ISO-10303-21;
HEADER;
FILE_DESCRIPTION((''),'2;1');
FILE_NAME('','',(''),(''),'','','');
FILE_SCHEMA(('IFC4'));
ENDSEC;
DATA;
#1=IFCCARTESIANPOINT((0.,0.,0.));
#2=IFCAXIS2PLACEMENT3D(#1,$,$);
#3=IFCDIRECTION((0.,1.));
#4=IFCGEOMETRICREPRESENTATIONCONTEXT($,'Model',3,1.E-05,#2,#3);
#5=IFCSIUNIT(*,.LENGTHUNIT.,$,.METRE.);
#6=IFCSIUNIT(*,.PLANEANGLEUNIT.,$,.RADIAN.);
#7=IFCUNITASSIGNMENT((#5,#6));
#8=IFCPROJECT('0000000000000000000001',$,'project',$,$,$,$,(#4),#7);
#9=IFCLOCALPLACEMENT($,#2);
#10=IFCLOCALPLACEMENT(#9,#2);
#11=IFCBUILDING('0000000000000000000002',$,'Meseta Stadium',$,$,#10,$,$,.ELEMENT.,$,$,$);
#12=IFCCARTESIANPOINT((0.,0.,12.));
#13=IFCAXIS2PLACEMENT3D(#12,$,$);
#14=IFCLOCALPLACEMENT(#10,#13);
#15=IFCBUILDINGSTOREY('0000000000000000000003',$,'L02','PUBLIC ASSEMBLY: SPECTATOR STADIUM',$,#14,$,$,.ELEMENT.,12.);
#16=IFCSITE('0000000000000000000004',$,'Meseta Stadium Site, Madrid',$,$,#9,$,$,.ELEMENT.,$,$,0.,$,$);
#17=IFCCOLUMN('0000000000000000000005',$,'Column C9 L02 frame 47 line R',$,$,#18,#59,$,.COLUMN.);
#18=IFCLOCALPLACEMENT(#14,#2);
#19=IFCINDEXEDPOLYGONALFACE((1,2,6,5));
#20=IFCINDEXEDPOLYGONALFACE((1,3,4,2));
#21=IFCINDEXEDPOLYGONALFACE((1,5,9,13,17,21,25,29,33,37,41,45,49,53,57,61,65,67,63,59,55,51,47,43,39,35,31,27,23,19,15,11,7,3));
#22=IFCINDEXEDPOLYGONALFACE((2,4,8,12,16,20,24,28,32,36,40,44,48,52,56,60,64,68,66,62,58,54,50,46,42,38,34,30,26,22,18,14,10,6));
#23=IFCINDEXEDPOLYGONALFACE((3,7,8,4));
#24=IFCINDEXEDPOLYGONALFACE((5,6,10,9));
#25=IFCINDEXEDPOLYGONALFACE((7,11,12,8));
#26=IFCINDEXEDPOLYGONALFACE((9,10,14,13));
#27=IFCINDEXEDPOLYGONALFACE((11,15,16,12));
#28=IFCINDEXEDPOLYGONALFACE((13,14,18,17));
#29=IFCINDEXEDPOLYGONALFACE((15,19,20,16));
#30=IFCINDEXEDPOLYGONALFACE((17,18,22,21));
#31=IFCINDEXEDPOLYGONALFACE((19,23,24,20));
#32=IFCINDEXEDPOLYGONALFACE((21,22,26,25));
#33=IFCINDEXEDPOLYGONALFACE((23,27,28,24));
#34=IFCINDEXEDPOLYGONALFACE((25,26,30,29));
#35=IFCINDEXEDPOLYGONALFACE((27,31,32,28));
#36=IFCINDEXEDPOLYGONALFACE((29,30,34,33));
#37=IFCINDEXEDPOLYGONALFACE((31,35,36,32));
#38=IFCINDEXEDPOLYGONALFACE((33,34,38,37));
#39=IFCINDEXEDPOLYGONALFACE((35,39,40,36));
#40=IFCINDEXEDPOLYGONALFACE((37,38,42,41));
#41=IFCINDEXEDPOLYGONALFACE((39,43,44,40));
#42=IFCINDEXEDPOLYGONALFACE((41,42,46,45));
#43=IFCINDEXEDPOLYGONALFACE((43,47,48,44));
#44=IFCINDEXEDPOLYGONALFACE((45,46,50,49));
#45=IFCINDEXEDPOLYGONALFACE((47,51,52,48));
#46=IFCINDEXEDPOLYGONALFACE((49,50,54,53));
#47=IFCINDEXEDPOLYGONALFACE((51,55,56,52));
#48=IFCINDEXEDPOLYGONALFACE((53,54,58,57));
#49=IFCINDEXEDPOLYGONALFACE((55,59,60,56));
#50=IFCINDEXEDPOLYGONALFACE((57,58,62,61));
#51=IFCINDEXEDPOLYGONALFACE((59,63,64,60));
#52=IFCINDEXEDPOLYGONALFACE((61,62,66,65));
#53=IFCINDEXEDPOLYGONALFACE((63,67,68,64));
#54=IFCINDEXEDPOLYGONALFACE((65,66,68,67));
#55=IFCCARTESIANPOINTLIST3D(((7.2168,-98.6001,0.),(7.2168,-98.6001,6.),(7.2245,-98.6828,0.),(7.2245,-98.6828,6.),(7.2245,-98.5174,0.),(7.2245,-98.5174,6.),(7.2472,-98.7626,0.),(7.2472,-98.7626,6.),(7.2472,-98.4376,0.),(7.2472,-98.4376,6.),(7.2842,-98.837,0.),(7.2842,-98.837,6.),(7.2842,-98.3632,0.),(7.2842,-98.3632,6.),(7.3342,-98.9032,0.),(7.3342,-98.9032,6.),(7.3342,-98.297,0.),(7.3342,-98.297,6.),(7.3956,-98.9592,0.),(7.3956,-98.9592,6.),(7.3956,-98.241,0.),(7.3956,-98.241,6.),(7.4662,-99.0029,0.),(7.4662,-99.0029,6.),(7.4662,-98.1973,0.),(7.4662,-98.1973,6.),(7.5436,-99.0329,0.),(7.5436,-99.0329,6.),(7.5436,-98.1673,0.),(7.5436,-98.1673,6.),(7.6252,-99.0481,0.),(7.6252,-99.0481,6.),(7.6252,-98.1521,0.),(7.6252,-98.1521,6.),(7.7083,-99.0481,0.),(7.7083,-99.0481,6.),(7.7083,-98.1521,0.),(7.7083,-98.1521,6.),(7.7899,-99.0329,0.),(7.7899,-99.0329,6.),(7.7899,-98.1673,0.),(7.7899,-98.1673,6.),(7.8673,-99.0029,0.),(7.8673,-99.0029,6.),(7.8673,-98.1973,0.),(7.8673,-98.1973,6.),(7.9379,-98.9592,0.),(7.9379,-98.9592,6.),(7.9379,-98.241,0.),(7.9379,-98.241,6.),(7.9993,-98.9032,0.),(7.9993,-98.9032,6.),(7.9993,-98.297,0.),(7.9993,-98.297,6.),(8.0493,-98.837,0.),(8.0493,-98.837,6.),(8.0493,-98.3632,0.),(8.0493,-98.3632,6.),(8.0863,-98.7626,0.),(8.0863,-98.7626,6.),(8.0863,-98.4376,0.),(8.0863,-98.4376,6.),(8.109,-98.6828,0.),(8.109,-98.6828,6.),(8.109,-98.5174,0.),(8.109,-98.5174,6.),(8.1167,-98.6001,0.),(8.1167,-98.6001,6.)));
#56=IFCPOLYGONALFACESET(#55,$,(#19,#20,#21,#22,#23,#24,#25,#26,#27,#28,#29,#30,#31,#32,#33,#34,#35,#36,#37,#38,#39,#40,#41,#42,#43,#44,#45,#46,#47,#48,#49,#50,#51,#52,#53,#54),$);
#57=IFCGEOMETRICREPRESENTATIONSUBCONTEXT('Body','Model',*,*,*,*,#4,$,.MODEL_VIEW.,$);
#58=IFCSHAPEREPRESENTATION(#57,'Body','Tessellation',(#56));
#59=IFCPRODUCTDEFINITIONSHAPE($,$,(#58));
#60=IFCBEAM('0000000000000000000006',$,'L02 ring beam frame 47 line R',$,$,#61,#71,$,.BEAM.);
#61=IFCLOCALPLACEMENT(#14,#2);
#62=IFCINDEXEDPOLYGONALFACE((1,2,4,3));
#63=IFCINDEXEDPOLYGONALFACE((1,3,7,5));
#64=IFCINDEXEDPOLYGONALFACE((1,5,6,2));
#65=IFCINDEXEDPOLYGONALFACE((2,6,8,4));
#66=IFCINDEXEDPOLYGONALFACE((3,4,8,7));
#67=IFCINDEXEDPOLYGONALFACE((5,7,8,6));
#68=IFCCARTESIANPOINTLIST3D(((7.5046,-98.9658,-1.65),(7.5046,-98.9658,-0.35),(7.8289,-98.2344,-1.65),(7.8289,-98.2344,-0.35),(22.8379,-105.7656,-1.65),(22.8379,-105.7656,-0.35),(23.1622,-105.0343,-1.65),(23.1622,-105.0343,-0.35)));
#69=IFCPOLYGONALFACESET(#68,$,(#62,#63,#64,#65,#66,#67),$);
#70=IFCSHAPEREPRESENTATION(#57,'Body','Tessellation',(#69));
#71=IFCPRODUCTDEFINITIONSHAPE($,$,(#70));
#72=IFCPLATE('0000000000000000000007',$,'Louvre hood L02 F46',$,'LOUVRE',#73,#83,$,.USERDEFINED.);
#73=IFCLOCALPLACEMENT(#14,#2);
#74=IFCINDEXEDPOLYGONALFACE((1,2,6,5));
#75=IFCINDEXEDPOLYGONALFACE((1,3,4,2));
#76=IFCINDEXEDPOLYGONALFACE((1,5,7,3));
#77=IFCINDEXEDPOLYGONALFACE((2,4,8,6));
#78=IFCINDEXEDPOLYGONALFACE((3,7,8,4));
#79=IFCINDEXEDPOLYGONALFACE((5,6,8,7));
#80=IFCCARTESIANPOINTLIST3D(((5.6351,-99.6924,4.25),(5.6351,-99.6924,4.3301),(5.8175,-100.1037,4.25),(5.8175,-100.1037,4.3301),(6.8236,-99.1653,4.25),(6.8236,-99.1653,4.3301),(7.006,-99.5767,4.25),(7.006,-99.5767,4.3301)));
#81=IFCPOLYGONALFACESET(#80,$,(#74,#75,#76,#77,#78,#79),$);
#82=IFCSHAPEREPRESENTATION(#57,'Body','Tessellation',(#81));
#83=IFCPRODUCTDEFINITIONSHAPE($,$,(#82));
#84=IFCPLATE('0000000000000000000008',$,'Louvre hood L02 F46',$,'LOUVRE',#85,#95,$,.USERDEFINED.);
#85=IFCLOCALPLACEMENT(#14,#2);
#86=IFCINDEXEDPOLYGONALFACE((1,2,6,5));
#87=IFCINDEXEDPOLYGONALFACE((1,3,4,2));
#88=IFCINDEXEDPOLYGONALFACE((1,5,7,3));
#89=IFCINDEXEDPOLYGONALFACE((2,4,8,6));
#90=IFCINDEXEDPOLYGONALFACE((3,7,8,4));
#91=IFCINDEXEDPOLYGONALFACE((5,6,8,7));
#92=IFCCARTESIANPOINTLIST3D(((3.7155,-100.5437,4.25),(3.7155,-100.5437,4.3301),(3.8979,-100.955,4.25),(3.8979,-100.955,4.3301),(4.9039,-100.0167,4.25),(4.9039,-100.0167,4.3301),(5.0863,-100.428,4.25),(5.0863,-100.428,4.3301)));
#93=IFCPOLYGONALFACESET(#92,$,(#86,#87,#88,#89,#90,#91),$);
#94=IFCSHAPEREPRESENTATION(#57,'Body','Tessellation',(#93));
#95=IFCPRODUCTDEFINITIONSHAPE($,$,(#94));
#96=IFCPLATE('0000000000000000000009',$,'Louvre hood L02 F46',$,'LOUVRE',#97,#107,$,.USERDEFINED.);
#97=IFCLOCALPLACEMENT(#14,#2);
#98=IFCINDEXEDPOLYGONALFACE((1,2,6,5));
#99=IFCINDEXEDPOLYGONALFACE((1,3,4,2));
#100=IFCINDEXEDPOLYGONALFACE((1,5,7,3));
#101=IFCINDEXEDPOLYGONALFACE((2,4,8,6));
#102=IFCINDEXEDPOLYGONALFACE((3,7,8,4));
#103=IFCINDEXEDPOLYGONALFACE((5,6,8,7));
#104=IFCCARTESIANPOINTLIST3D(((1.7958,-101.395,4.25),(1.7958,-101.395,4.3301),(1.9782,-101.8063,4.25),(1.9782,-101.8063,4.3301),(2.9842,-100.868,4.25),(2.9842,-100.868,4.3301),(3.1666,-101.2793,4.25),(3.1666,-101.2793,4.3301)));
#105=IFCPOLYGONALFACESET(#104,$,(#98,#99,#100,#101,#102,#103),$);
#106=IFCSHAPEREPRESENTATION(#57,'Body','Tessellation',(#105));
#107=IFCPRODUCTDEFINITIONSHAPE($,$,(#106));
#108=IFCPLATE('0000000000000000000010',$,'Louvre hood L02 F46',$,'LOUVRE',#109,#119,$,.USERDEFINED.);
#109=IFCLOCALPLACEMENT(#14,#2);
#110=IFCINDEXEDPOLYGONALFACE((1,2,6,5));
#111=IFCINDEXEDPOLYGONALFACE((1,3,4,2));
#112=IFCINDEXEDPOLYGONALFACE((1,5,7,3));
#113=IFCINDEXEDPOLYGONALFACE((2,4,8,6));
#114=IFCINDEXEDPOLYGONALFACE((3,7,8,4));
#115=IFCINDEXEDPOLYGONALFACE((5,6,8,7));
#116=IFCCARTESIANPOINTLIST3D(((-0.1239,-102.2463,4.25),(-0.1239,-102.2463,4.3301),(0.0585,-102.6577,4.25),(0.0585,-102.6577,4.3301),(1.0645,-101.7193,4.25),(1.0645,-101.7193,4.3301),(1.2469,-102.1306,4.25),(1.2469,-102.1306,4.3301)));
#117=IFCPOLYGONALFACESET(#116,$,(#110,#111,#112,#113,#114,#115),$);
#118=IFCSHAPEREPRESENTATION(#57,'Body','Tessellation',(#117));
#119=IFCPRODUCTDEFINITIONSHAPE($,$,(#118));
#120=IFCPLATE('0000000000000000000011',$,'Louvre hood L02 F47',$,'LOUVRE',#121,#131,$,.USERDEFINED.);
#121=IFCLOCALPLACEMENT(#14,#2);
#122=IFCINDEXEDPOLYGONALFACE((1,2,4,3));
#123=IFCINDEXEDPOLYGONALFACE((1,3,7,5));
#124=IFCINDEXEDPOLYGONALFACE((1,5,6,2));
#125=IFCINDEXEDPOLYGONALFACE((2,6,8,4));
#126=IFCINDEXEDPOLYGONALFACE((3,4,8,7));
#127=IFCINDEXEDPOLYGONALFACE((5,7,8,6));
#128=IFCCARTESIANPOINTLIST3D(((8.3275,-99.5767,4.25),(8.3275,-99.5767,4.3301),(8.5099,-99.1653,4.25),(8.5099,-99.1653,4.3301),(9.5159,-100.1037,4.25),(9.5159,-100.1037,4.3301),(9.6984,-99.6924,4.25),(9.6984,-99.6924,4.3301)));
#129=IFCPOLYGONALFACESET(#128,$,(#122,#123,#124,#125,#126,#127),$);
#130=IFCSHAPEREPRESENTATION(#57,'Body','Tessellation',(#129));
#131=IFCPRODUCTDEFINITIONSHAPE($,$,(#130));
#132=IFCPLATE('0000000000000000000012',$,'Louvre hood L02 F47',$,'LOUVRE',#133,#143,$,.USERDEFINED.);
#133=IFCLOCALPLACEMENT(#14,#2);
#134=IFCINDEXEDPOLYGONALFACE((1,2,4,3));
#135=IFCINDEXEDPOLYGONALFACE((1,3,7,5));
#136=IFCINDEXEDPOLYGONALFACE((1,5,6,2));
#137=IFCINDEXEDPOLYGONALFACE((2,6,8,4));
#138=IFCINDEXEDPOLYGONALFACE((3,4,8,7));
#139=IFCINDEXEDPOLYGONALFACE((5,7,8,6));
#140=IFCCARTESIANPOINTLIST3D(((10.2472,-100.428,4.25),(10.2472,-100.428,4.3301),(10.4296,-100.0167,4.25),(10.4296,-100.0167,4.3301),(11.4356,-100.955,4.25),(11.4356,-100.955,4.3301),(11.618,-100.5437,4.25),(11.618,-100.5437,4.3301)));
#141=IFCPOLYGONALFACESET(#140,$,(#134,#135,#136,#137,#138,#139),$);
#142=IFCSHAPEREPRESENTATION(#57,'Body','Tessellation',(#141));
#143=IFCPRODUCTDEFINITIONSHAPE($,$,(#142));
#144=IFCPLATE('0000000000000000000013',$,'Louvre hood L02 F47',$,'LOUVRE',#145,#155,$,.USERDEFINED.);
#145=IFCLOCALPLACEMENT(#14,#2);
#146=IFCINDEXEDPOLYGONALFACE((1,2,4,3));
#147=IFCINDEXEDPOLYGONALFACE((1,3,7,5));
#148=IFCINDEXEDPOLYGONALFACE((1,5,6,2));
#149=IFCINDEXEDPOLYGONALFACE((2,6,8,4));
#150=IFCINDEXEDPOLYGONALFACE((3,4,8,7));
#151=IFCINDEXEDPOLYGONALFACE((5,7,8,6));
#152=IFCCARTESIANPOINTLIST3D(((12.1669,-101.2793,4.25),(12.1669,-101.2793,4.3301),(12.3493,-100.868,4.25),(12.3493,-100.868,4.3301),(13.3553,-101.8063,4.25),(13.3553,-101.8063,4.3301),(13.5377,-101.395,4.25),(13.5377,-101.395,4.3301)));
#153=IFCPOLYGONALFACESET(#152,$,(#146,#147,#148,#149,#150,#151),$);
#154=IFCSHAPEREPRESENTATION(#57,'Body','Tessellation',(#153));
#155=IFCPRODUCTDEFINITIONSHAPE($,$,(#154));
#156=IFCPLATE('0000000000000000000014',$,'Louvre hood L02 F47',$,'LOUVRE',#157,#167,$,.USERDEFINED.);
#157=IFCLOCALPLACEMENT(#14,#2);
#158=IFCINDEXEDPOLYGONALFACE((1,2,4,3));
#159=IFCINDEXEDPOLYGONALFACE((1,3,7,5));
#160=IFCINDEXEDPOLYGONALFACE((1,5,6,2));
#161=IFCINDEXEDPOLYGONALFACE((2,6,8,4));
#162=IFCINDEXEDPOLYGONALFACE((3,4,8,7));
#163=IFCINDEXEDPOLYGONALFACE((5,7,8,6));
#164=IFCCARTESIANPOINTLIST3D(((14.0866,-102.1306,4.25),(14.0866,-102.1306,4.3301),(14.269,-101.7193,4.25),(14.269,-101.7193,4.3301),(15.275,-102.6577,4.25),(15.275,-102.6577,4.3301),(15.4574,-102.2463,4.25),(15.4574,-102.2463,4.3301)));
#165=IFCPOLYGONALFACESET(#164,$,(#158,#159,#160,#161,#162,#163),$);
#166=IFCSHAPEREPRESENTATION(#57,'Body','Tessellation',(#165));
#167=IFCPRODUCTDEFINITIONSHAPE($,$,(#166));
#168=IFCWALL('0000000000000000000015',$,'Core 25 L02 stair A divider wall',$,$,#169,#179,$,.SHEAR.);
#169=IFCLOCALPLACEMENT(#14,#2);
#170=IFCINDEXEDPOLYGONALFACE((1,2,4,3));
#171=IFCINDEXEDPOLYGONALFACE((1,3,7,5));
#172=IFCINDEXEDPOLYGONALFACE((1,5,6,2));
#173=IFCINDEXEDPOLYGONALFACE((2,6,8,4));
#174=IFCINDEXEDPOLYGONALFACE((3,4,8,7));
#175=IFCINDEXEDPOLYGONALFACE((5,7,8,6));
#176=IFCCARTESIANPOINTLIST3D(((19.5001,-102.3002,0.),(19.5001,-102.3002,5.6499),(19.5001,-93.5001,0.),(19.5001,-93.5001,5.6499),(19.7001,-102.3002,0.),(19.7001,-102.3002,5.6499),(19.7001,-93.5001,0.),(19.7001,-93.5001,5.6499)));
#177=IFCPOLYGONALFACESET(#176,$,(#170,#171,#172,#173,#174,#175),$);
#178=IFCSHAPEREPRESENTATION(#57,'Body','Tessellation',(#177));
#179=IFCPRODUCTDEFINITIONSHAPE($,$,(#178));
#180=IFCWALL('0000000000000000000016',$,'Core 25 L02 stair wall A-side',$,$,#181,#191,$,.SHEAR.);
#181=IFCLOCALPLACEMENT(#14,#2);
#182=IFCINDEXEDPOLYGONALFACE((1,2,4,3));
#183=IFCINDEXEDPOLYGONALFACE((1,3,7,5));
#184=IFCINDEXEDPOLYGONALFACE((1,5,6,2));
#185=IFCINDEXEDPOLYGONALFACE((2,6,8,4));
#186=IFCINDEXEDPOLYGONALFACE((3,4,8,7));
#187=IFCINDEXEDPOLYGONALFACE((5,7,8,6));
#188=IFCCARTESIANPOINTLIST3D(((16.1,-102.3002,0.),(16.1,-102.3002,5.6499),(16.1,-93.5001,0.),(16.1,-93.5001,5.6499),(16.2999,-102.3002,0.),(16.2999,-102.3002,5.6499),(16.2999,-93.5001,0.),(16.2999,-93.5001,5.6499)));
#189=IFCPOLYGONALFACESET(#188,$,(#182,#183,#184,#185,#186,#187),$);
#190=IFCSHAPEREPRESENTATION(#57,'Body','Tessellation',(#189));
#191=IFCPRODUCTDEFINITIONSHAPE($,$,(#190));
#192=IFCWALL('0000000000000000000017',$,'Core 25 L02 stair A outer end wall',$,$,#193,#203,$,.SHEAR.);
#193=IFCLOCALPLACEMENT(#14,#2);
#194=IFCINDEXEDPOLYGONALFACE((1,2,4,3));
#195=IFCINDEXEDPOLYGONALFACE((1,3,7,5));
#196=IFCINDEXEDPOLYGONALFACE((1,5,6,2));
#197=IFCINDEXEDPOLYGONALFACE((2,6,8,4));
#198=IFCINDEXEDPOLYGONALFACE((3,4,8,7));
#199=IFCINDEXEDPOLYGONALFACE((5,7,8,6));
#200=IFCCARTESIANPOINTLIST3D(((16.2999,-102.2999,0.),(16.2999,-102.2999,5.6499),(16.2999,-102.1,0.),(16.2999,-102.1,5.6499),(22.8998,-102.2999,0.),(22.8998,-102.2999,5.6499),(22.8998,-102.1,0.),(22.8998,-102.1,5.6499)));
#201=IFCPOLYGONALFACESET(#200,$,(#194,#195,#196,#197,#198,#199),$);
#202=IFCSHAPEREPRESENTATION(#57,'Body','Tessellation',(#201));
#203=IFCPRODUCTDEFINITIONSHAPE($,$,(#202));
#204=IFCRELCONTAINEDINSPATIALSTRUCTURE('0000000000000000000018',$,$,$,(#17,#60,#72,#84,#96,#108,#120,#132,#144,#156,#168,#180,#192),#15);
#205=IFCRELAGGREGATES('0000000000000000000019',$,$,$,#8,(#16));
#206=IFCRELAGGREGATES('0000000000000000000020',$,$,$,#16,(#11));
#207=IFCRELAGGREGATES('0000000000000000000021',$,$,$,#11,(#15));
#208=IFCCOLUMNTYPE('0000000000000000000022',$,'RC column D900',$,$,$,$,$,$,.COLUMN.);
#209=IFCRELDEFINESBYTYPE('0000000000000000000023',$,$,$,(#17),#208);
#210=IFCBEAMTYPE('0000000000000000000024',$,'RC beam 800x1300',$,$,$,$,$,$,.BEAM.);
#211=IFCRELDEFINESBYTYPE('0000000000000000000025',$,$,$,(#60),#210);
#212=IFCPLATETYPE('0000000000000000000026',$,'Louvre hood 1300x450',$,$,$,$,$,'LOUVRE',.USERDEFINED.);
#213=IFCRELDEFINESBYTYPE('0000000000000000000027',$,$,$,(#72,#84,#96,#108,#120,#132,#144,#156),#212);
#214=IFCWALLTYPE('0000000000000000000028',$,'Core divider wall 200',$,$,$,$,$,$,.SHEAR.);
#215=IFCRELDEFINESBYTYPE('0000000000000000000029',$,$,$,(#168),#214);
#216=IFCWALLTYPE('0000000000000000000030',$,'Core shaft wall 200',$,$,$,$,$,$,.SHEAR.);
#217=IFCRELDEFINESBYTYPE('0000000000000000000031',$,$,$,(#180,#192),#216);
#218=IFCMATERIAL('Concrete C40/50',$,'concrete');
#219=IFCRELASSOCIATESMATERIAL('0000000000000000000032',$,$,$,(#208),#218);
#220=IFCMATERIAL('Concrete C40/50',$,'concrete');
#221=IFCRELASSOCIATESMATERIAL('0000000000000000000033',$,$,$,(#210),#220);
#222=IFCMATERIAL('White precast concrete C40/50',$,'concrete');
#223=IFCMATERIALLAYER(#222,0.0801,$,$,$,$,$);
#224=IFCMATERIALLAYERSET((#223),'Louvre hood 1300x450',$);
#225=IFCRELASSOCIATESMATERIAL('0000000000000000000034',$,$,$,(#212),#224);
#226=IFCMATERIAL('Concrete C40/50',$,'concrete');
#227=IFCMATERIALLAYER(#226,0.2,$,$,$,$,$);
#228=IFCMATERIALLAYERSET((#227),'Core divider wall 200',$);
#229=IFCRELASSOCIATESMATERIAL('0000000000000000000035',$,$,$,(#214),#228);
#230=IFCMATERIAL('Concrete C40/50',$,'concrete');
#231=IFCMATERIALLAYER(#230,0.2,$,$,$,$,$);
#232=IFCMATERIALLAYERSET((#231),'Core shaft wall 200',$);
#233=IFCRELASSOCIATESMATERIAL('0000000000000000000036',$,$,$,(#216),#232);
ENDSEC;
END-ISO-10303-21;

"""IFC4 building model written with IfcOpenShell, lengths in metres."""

from ifc_helpers import new_model, si_unit, direction, frame, frame_2d, origin, origin_2d, place, context, subcontext, project, spatial, rectangle, circle, extrude, material, layer, layer_set, material_profile, profile_set, type_object, element, save


model = new_model("IFC4")

# Units and contexts
model_context = context("Model", 3, precision=1e-05, world=origin(), true_north=direction((0.0, 1.0)))
body_context = subcontext(model_context, "Body", "Model", "MODEL_VIEW")
ifc_project = project(units=[si_unit("LENGTHUNIT", "METRE"), si_unit("PLANEANGLEUNIT", "RADIAN")], contexts=[model_context])

# Site, building, storey
site_placement = place(None, origin())
site = spatial("IfcSite", under=ifc_project, at=site_placement, Name="Meseta Stadium Site, Madrid", CompositionType="ELEMENT", RefElevation=0.0)
building_placement = place(site_placement, origin())
building = spatial("IfcBuilding", under=site, at=building_placement, Name="Meseta Stadium", CompositionType="ELEMENT")
storey_placement = place(building_placement, frame((0.0, 0.0, 12.0)))
storey = spatial("IfcBuildingStorey", under=building, at=storey_placement, Name="L02", Description="PUBLIC ASSEMBLY: SPECTATOR STADIUM", CompositionType="ELEMENT", Elevation=12.0)

# Column
ifc_material_1 = material(Name="Concrete C40/50", Category="concrete")
ifc_material_profile_1 = material_profile(ifc_material_1, circle(Radius=0.45, at=origin_2d()), Name="RC D900")
ifc_profile_set_1 = profile_set([ifc_material_profile_1], Name="Concrete C40/50")
column_type = type_object("IfcColumnType", Name="RC column D900", PredefinedType="COLUMN", material=ifc_profile_set_1)
column_placement = place(storey_placement, frame((7.6667, -98.6001, 0.0), z_axis=(0.0, 0.0, 1.0), x_axis=(1.0, 0.0, 0.0)))
element("IfcColumn", 1, at=column_placement, inside=storey, type_object=column_type, Name="Column C9 L02 frame 47 line R", PredefinedType="COLUMN", context=body_context, shape_type="SweptSolid", body=[
    extrude(circle(Radius=0.45, at=origin_2d()), origin(), (0.0, 0.0, 1.0), 6.0),
])

# Beam
ifc_material_2 = material(Name="Concrete C40/50", Category="concrete")
ifc_material_profile_2 = material_profile(ifc_material_2, rectangle(XDim=0.8, YDim=1.3, at=origin_2d()), Name="RC 800x1300")
ifc_profile_set_2 = profile_set([ifc_material_profile_2], Name="Concrete C40/50")
beam_type = type_object("IfcBeamType", Name="RC beam 800x1300", PredefinedType="BEAM", material=ifc_profile_set_2)
beam_placement = place(storey_placement, frame((7.6667, -98.6001, -1.0), z_axis=(0.914143, -0.405393, 0.0), x_axis=(0.405393, 0.914143, 0.0)))
element("IfcBeam", 2, at=beam_placement, inside=storey, type_object=beam_type, Name="L02 ring beam frame 47 line R", PredefinedType="BEAM", context=body_context, shape_type="SweptSolid", body=[
    extrude(rectangle(XDim=0.8, YDim=1.3, at=origin_2d()), origin(), (0.0, 0.0, 1.0), 16.7734),
])

# Plates
ifc_material_3 = material(Name="White precast concrete C40/50", Category="concrete")
ifc_layer_1 = layer(ifc_material_3, 0.0801)
ifc_layer_set_1 = layer_set([ifc_layer_1], Name="Louvre hood 1300x450")
plate_type = type_object("IfcPlateType", Name="Louvre hood 1300x450", ElementType="LOUVRE", PredefinedType="USERDEFINED", material=ifc_layer_set_1)
for number, where, z_axis, x_axis, name in (
    (3, (6.3206, -99.6345, 4.25), (0.0, 0.0, 1.0), (0.914139, 0.405401, 0.0), "Louvre hood L02 F46"),
    (4, (4.4009, -100.4858, 4.25), (0.0, 0.0, 1.0), (0.914139, 0.405401, 0.0), "Louvre hood L02 F46"),
    (5, (2.4812, -101.3372, 4.25), (0.0, 0.0, 1.0), (0.914139, 0.405401, 0.0), "Louvre hood L02 F46"),
    (6, (0.5615, -102.1885, 4.25), (0.0, 0.0, 1.0), (0.914139, 0.405401, 0.0), "Louvre hood L02 F46"),
    (7, (9.0129, -99.6345, 4.25), (0.0, 0.0, 1.0), (0.914139, -0.405401, 0.0), "Louvre hood L02 F47"),
    (8, (10.9326, -100.4858, 4.25), (0.0, 0.0, 1.0), (0.914139, -0.405401, 0.0), "Louvre hood L02 F47"),
    (9, (12.8523, -101.3372, 4.25), (0.0, 0.0, 1.0), (0.914139, -0.405401, 0.0), "Louvre hood L02 F47"),
    (10, (14.772, -102.1885, 4.25), (0.0, 0.0, 1.0), (0.914139, -0.405401, 0.0), "Louvre hood L02 F47"),
):
    element("IfcPlate", number, at=place(storey_placement, frame(where, z_axis=z_axis, x_axis=x_axis)), inside=storey, type_object=plate_type, Name=name, ObjectType="LOUVRE", PredefinedType="USERDEFINED", context=body_context, shape_type="SweptSolid", body=[
        extrude(rectangle(XDim=1.3, YDim=0.45, at=origin_2d()), origin(), (0.0, 0.0, 1.0), 0.0801),
    ])

# Walls
ifc_material_4 = material(Name="Concrete C40/50", Category="concrete")
ifc_layer_2 = layer(ifc_material_4, 0.2)
ifc_layer_set_2 = layer_set([ifc_layer_2], Name="Core divider wall 200")
wall_type_1 = type_object("IfcWallType", Name="Core divider wall 200", PredefinedType="SHEAR", material=ifc_layer_set_2)
wall_1_placement = place(storey_placement, frame((19.6001, -102.3, 0.0), z_axis=(0.0, 0.0, 1.0), x_axis=(0.0, 1.0, 0.0)))
element("IfcWall", 11, at=wall_1_placement, inside=storey, type_object=wall_type_1, Name="Core 25 L02 stair A divider wall", PredefinedType="SHEAR", context=body_context, shape_type="SweptSolid", body=[
    extrude(rectangle(XDim=8.8, YDim=0.2, at=frame_2d((4.3999, 0.0))), origin(), (0.0, 0.0, 1.0), 5.6499),
])
ifc_material_5 = material(Name="Concrete C40/50", Category="concrete")
ifc_layer_3 = layer(ifc_material_5, 0.2)
ifc_layer_set_3 = layer_set([ifc_layer_3], Name="Core shaft wall 200")
wall_type_2 = type_object("IfcWallType", Name="Core shaft wall 200", PredefinedType="SHEAR", material=ifc_layer_set_3)
wall_2_placement = place(storey_placement, frame((16.2, -102.3, 0.0), z_axis=(0.0, 0.0, 1.0), x_axis=(0.0, 1.0, 0.0)))
element("IfcWall", 12, at=wall_2_placement, inside=storey, type_object=wall_type_2, Name="Core 25 L02 stair wall A-side", PredefinedType="SHEAR", context=body_context, shape_type="SweptSolid", body=[
    extrude(rectangle(XDim=8.8, YDim=0.2, at=frame_2d((4.3999, 0.0))), origin(), (0.0, 0.0, 1.0), 5.6499),
])
wall_3_placement = place(storey_placement, frame((16.3, -102.2, 0.0), z_axis=(0.0, 0.0, 1.0), x_axis=(1.0, 0.0, 0.0)))
element("IfcWall", 13, at=wall_3_placement, inside=storey, type_object=wall_type_2, Name="Core 25 L02 stair A outer end wall", PredefinedType="SHEAR", context=body_context, shape_type="SweptSolid", body=[
    extrude(rectangle(XDim=6.5999, YDim=0.2, at=frame_2d((3.2998, 0.0))), origin(), (0.0, 0.0, 1.0), 5.6499),
])

save(model, "model.ifc")
